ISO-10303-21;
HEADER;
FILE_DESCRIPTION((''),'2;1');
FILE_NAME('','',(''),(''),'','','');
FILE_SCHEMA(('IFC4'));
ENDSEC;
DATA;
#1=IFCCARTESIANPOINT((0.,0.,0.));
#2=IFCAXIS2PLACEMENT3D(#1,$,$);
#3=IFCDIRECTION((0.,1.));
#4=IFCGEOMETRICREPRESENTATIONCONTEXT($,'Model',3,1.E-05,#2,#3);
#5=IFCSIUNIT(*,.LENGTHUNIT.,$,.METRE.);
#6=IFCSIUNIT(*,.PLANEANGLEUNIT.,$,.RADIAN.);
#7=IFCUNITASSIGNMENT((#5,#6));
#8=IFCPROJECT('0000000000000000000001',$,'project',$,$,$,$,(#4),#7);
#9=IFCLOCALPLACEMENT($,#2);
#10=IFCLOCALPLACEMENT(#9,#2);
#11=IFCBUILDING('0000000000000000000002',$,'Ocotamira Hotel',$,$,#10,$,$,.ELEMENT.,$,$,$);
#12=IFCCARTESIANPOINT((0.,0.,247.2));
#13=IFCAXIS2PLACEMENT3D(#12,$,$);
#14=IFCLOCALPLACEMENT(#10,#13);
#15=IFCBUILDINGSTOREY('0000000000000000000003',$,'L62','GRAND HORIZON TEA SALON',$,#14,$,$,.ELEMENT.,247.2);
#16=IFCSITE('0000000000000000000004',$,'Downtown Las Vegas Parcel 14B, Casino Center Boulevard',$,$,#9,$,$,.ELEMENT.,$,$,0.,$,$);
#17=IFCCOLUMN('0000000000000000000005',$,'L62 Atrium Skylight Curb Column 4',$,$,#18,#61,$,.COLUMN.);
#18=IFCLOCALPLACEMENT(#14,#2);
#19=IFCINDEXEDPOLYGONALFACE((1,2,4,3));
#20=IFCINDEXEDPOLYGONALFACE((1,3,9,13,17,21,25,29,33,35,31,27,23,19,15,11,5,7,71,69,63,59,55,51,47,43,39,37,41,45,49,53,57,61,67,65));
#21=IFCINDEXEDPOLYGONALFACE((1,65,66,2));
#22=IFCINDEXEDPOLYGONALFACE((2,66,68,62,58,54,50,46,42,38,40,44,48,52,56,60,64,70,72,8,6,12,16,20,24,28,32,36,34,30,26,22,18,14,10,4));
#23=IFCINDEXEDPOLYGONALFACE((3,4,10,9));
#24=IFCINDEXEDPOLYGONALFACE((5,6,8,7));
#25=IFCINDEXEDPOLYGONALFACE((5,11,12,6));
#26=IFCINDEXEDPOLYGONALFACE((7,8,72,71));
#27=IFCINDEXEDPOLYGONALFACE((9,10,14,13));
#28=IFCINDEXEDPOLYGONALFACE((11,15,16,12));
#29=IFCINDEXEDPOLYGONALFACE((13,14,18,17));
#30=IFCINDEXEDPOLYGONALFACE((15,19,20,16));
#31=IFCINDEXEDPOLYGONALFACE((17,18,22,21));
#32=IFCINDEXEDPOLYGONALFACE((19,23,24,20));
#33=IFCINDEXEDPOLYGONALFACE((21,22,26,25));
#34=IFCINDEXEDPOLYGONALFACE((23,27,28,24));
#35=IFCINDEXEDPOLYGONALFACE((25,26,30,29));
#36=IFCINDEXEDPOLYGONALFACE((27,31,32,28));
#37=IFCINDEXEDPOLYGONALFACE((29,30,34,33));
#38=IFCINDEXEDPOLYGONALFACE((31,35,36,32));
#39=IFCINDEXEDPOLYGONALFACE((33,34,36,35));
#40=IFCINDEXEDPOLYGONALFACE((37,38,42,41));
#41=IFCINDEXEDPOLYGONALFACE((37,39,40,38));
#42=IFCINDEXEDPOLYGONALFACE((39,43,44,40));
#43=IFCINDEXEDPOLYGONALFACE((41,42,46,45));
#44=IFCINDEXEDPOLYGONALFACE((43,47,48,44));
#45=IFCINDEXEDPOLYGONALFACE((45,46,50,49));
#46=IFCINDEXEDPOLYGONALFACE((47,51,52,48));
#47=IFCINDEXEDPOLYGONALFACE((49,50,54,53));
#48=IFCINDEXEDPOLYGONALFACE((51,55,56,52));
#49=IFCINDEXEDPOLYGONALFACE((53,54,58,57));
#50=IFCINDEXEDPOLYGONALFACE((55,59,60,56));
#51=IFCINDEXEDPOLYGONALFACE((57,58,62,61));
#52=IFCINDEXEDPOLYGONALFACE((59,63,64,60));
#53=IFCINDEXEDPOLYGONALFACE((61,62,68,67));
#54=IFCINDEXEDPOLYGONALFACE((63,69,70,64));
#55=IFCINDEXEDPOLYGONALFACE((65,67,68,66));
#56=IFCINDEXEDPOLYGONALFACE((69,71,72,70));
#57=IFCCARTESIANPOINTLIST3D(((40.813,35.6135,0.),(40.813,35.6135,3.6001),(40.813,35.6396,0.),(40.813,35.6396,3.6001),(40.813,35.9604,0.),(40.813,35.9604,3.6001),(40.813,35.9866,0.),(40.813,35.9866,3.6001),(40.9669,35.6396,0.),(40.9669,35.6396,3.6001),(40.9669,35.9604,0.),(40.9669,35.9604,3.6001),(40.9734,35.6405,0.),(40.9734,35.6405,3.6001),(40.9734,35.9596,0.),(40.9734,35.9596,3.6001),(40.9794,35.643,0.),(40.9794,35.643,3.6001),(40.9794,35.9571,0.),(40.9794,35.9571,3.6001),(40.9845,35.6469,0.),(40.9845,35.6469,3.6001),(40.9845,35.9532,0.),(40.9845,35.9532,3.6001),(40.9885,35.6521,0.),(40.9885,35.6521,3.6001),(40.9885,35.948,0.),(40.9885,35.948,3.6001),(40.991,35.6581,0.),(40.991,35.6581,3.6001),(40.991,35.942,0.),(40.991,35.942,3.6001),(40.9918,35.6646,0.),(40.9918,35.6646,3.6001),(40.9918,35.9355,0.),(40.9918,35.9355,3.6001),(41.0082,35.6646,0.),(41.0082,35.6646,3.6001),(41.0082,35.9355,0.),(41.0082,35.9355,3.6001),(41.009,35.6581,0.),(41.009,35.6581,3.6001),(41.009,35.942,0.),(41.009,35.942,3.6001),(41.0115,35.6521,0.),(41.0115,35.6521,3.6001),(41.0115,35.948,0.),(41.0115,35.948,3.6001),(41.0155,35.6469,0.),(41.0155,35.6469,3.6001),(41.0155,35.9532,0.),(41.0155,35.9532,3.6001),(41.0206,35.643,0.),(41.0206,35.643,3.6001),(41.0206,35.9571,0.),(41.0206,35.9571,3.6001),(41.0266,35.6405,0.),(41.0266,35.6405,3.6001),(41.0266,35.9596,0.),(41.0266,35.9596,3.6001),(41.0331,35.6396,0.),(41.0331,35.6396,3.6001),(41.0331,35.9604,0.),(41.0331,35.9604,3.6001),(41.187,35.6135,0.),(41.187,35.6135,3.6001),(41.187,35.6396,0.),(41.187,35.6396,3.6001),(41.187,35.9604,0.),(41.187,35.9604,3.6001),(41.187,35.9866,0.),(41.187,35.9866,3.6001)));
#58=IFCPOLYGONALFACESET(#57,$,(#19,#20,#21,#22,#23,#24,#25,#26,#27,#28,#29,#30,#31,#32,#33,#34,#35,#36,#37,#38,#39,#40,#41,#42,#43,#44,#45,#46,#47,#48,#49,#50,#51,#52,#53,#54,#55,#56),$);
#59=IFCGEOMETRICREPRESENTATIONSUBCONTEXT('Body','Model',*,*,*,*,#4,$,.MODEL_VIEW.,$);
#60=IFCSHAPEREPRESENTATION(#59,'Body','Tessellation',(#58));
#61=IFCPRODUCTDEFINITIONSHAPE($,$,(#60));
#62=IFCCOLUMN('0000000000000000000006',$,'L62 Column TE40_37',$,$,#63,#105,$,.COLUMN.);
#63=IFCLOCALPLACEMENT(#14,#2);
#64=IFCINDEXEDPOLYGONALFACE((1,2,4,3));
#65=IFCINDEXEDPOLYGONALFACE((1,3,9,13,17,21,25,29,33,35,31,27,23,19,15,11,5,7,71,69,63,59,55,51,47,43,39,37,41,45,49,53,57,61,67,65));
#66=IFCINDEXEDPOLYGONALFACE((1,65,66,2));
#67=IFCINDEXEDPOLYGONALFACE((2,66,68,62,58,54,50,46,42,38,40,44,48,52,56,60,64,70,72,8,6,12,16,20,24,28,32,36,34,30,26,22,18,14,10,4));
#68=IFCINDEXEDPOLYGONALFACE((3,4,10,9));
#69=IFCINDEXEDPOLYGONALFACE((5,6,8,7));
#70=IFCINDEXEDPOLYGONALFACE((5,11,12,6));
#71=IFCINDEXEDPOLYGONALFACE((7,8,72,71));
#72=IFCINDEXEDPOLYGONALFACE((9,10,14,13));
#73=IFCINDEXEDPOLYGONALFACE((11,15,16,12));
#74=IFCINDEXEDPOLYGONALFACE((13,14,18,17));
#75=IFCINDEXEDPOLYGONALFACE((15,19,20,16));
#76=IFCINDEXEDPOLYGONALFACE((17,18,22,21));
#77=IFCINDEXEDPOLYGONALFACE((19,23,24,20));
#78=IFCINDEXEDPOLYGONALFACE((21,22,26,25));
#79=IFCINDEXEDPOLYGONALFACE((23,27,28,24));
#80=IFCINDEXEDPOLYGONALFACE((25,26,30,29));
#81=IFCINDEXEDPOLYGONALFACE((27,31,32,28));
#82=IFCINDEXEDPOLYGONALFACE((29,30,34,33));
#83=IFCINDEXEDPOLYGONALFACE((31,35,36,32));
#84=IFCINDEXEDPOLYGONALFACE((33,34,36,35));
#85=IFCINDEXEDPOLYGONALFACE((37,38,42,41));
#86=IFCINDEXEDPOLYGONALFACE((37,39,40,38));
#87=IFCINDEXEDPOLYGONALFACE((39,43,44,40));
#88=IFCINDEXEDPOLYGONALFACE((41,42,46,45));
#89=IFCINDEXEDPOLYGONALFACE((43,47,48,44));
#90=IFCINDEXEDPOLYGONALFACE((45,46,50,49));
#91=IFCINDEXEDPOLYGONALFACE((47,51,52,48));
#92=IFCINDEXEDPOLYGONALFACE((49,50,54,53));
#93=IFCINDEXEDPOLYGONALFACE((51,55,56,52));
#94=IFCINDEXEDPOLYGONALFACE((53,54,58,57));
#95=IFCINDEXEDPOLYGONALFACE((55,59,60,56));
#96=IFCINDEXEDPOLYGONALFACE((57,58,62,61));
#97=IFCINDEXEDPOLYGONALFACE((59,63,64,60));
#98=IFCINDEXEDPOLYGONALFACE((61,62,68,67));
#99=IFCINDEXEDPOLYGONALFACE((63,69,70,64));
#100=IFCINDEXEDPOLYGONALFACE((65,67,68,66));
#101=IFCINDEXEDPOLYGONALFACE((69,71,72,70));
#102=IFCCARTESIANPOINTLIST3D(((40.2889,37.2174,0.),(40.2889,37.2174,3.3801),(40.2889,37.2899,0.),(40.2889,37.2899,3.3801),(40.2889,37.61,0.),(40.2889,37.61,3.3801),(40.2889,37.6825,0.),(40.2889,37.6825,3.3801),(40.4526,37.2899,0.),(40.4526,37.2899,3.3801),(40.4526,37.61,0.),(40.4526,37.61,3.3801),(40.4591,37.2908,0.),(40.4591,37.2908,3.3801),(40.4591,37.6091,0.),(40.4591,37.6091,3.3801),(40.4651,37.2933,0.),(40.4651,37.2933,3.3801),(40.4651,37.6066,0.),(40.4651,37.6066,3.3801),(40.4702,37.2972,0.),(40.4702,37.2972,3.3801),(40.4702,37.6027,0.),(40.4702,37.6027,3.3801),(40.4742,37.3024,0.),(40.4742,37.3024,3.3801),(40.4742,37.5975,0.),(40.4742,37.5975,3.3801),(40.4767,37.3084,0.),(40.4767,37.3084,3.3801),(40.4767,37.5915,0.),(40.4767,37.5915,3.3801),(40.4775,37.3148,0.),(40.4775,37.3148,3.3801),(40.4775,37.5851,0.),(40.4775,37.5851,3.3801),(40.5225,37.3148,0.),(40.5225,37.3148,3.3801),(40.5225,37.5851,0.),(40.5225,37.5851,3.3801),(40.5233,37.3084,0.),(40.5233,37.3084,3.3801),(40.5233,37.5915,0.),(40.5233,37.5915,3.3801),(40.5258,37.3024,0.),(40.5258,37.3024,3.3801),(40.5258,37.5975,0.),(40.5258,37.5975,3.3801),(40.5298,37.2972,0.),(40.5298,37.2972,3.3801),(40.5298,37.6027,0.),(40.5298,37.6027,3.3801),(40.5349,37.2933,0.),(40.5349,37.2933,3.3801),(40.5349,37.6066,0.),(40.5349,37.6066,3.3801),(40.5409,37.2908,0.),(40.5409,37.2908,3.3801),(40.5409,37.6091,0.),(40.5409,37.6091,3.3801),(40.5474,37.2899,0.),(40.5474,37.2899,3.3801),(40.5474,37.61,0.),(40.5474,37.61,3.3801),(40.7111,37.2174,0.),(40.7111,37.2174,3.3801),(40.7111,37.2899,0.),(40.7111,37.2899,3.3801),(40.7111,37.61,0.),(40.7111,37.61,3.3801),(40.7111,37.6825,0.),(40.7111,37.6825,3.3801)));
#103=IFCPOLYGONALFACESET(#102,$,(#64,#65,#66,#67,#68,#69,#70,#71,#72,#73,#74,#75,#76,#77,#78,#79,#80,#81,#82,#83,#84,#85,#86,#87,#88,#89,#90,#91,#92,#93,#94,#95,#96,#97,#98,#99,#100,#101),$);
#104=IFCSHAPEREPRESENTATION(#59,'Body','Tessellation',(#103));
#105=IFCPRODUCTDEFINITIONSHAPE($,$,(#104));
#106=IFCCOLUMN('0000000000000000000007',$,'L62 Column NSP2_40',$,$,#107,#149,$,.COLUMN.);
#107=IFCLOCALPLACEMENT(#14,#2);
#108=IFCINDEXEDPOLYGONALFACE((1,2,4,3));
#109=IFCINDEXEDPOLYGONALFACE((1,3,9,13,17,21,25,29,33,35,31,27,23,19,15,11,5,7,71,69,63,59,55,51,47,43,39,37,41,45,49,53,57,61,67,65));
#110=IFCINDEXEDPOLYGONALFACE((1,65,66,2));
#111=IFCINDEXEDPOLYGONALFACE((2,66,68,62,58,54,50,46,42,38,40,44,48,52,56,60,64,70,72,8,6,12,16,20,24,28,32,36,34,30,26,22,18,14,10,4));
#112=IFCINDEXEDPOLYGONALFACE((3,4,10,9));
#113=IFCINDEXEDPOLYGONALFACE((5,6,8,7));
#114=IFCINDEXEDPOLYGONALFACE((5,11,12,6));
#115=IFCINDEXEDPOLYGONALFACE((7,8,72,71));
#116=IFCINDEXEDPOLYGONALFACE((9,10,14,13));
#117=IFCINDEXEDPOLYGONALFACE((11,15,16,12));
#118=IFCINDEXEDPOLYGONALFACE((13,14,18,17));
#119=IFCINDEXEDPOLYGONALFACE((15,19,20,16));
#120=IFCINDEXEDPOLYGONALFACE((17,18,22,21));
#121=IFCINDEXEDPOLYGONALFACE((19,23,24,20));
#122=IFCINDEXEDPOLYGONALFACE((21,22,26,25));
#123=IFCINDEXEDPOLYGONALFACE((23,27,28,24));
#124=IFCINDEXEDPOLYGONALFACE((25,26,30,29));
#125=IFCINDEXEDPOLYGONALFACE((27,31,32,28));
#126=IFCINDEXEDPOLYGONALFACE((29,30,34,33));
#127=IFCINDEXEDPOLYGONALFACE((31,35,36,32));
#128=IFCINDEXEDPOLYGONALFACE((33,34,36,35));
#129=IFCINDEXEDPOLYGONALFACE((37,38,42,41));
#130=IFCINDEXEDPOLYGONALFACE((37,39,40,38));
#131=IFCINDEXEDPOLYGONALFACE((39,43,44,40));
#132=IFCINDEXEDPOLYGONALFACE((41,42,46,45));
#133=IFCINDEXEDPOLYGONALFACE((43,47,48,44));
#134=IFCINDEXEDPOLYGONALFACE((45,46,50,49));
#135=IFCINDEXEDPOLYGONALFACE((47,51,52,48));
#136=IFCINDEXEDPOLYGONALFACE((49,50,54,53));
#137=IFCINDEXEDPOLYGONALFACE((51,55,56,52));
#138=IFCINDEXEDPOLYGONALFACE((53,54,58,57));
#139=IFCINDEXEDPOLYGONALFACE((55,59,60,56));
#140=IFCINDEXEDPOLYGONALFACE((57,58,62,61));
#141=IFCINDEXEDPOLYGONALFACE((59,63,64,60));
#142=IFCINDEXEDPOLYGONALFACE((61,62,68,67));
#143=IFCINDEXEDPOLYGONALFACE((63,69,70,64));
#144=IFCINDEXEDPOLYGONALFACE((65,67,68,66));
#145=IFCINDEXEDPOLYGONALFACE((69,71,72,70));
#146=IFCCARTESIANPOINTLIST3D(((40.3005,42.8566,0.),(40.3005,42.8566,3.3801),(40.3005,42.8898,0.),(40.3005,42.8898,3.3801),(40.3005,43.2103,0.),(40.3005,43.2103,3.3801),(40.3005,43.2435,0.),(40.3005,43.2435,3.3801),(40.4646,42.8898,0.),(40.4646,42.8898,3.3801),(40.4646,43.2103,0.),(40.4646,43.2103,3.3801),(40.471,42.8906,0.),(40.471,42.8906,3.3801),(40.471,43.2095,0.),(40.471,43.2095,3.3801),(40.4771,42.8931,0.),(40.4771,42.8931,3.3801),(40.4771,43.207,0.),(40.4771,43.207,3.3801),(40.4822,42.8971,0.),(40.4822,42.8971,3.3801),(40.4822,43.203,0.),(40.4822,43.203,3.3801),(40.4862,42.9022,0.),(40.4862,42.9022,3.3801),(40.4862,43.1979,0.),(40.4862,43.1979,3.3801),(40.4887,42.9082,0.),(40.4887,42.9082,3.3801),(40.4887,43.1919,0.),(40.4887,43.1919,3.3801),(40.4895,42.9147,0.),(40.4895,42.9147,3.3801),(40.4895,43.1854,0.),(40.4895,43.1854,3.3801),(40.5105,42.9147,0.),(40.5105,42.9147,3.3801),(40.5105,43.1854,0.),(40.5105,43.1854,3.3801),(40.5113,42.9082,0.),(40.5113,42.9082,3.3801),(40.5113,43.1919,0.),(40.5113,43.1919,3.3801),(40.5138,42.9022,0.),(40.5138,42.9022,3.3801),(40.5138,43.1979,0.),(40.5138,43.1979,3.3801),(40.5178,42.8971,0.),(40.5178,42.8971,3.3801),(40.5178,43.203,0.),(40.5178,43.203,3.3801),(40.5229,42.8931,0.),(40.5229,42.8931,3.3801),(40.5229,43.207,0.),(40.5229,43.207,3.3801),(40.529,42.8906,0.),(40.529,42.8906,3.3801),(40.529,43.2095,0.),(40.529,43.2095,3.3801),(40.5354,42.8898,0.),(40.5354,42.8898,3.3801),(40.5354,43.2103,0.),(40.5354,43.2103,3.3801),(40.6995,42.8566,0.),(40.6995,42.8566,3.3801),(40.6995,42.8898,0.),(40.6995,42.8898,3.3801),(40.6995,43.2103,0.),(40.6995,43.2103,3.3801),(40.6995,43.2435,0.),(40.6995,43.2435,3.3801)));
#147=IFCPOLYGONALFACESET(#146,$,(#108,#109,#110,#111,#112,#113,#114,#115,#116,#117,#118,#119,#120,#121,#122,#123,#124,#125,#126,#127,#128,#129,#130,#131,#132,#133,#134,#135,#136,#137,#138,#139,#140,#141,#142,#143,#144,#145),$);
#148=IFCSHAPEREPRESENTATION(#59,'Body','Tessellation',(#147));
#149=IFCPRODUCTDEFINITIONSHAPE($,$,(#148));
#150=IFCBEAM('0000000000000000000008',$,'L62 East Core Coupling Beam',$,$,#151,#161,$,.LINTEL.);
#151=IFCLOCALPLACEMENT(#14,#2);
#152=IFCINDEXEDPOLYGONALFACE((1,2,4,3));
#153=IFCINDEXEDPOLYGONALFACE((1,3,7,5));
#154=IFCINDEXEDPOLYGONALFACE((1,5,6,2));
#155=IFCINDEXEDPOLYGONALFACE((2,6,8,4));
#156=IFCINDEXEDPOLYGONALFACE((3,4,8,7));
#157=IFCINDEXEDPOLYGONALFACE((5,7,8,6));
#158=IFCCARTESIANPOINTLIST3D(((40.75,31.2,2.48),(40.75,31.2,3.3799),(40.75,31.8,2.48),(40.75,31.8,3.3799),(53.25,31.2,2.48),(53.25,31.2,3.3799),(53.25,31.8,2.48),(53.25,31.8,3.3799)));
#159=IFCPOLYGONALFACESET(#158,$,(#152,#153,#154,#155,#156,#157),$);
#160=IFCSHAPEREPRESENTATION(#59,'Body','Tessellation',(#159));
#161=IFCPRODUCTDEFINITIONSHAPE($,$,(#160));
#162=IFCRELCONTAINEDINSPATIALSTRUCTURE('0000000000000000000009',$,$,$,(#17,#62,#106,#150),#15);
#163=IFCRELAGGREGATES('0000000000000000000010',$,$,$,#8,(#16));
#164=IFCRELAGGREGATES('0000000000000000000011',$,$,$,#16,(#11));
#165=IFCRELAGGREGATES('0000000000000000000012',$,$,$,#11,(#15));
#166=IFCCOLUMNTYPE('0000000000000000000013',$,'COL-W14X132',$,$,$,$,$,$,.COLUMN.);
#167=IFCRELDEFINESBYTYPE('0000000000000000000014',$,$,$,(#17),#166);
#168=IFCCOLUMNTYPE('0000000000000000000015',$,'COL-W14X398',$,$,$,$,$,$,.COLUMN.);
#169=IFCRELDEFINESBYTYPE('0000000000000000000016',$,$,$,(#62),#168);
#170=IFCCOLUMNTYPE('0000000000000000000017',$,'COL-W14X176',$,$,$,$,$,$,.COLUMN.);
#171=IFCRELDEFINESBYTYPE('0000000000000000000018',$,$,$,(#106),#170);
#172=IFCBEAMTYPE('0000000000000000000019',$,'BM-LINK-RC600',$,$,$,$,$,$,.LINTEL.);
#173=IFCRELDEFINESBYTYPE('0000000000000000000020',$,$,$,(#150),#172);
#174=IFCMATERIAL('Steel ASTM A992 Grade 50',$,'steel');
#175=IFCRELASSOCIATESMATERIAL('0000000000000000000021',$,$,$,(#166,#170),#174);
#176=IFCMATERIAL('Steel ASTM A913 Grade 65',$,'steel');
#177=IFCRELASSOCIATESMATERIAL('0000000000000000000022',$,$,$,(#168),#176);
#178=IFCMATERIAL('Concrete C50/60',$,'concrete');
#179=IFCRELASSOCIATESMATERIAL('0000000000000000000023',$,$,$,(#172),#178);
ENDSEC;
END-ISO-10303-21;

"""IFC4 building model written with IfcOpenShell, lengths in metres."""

from ifc_helpers import new_model, si_unit, direction, frame, origin, origin_2d, place, context, subcontext, project, spatial, rectangle, i_section, extrude, source, transform, mapped, material, material_profile, profile_set, type_object, element, save


model = new_model("IFC4")

# Units and contexts
model_context = context("Model", 3, precision=1e-05, world=origin(), true_north=direction((0.0, 1.0)))
body_context = subcontext(model_context, "Body", "Model", "MODEL_VIEW")
ifc_project = project(units=[si_unit("LENGTHUNIT", "METRE"), si_unit("PLANEANGLEUNIT", "RADIAN")], contexts=[model_context])

# Site, building, storey
site_placement = place(None, origin())
site = spatial("IfcSite", under=ifc_project, at=site_placement, Name="Downtown Las Vegas Parcel 14B, Casino Center Boulevard", CompositionType="ELEMENT", RefElevation=0.0)
building_placement = place(site_placement, origin())
building = spatial("IfcBuilding", under=site, at=building_placement, Name="Ocotamira Hotel", CompositionType="ELEMENT")
storey_placement = place(building_placement, frame((0.0, 0.0, 247.2)))
storey = spatial("IfcBuildingStorey", under=building, at=storey_placement, Name="L62", Description="GRAND HORIZON TEA SALON", CompositionType="ELEMENT", Elevation=247.2)

# Columns
ifc_material_1 = material(Name="Steel ASTM A992 Grade 50", Category="steel")
ifc_material_profile_1 = material_profile(ifc_material_1, i_section(OverallWidth=0.374, OverallDepth=0.373, WebThickness=0.0164, FlangeThickness=0.0261, FilletRadius=0.0249, at=origin_2d()), Name="W14X132")
ifc_profile_set_1 = profile_set([ifc_material_profile_1], Name="Steel ASTM A992 Grade 50")
column_type_1 = type_object("IfcColumnType", Name="COL-W14X132", PredefinedType="COLUMN", material=ifc_profile_set_1)
shared_shape_1 = source(origin(), body_context, "Body", "SweptSolid", [
    extrude(i_section(OverallWidth=0.374, OverallDepth=0.373, WebThickness=0.0164, FlangeThickness=0.0261, FilletRadius=0.0249, at=origin_2d()), origin(), (0.0, 0.0, 1.0), 3.6001),
])
column_1_placement = place(storey_placement, frame((41.0, 35.8, 0.0), z_axis=(0.0, 0.0, 1.0), x_axis=(1.0, 0.0, 0.0)))
element("IfcColumn", 1, at=column_1_placement, inside=storey, type_object=column_type_1, Name="L62 Atrium Skylight Curb Column 4", PredefinedType="COLUMN", context=body_context, shape_type="MappedRepresentation", body=[
    mapped(shared_shape_1, transform((0.0, 0.0, 0.0), scale=1.0)),
])
ifc_material_2 = material(Name="Steel ASTM A913 Grade 65", Category="steel")
ifc_material_profile_2 = material_profile(ifc_material_2, i_section(OverallWidth=0.4221, OverallDepth=0.4651, WebThickness=0.0449, FlangeThickness=0.0725, FilletRadius=0.0249, at=origin_2d()), Name="W14X398")
ifc_profile_set_2 = profile_set([ifc_material_profile_2], Name="Steel ASTM A913 Grade 65")
column_type_2 = type_object("IfcColumnType", Name="COL-W14X398", PredefinedType="COLUMN", material=ifc_profile_set_2)
shared_shape_2 = source(origin(), body_context, "Body", "SweptSolid", [
    extrude(i_section(OverallWidth=0.4221, OverallDepth=0.4651, WebThickness=0.0449, FlangeThickness=0.0725, FilletRadius=0.0249, at=origin_2d()), origin(), (0.0, 0.0, 1.0), 3.3801),
])
column_2_placement = place(storey_placement, frame((40.5, 37.45, 0.0), z_axis=(0.0, 0.0, 1.0), x_axis=(1.0, 0.0, 0.0)))
element("IfcColumn", 2, at=column_2_placement, inside=storey, type_object=column_type_2, Name="L62 Column TE40_37", PredefinedType="COLUMN", context=body_context, shape_type="MappedRepresentation", body=[
    mapped(shared_shape_2, transform((0.0, 0.0, 0.0), scale=1.0)),
])
ifc_material_profile_3 = material_profile(ifc_material_1, i_section(OverallWidth=0.3989, OverallDepth=0.387, WebThickness=0.021, FlangeThickness=0.0332, FilletRadius=0.0249, at=origin_2d()), Name="W14X176")
ifc_profile_set_3 = profile_set([ifc_material_profile_3], Name="Steel ASTM A992 Grade 50")
column_type_3 = type_object("IfcColumnType", Name="COL-W14X176", PredefinedType="COLUMN", material=ifc_profile_set_3)
shared_shape_3 = source(origin(), body_context, "Body", "SweptSolid", [
    extrude(i_section(OverallWidth=0.3989, OverallDepth=0.387, WebThickness=0.021, FlangeThickness=0.0332, FilletRadius=0.0249, at=origin_2d()), origin(), (0.0, 0.0, 1.0), 3.3801),
])
column_3_placement = place(storey_placement, frame((40.5, 43.05, 0.0), z_axis=(0.0, 0.0, 1.0), x_axis=(1.0, 0.0, 0.0)))
element("IfcColumn", 3, at=column_3_placement, inside=storey, type_object=column_type_3, Name="L62 Column NSP2_40", PredefinedType="COLUMN", context=body_context, shape_type="MappedRepresentation", body=[
    mapped(shared_shape_3, transform((0.0, 0.0, 0.0), scale=1.0)),
])

# Beam
ifc_material_3 = material(Name="Concrete C50/60", Category="concrete")
ifc_material_profile_4 = material_profile(ifc_material_3, rectangle(XDim=0.6001, YDim=0.8999, at=origin_2d()), Name="RC600X900")
ifc_profile_set_4 = profile_set([ifc_material_profile_4], Name="Concrete C50/60")
beam_type_1 = type_object("IfcBeamType", Name="BM-LINK-RC600", PredefinedType="LINTEL", material=ifc_profile_set_4)
shared_shape_4 = source(origin(), body_context, "Body", "SweptSolid", [
    extrude(rectangle(XDim=0.6001, YDim=0.8999, at=origin_2d()), origin(), (0.0, 0.0, 1.0), 12.5),
])
beam_1_placement = place(storey_placement, frame((40.75, 31.5, 2.9299), z_axis=(1.0, 0.0, 0.0), x_axis=(0.0, 1.0, 0.0)))
element("IfcBeam", 4, at=beam_1_placement, inside=storey, type_object=beam_type_1, Name="L62 East Core Coupling Beam", PredefinedType="LINTEL", context=body_context, shape_type="MappedRepresentation", body=[
    mapped(shared_shape_4, transform((0.0, 0.0, 0.0), scale=1.0)),
])

save(model, "model.ifc")
